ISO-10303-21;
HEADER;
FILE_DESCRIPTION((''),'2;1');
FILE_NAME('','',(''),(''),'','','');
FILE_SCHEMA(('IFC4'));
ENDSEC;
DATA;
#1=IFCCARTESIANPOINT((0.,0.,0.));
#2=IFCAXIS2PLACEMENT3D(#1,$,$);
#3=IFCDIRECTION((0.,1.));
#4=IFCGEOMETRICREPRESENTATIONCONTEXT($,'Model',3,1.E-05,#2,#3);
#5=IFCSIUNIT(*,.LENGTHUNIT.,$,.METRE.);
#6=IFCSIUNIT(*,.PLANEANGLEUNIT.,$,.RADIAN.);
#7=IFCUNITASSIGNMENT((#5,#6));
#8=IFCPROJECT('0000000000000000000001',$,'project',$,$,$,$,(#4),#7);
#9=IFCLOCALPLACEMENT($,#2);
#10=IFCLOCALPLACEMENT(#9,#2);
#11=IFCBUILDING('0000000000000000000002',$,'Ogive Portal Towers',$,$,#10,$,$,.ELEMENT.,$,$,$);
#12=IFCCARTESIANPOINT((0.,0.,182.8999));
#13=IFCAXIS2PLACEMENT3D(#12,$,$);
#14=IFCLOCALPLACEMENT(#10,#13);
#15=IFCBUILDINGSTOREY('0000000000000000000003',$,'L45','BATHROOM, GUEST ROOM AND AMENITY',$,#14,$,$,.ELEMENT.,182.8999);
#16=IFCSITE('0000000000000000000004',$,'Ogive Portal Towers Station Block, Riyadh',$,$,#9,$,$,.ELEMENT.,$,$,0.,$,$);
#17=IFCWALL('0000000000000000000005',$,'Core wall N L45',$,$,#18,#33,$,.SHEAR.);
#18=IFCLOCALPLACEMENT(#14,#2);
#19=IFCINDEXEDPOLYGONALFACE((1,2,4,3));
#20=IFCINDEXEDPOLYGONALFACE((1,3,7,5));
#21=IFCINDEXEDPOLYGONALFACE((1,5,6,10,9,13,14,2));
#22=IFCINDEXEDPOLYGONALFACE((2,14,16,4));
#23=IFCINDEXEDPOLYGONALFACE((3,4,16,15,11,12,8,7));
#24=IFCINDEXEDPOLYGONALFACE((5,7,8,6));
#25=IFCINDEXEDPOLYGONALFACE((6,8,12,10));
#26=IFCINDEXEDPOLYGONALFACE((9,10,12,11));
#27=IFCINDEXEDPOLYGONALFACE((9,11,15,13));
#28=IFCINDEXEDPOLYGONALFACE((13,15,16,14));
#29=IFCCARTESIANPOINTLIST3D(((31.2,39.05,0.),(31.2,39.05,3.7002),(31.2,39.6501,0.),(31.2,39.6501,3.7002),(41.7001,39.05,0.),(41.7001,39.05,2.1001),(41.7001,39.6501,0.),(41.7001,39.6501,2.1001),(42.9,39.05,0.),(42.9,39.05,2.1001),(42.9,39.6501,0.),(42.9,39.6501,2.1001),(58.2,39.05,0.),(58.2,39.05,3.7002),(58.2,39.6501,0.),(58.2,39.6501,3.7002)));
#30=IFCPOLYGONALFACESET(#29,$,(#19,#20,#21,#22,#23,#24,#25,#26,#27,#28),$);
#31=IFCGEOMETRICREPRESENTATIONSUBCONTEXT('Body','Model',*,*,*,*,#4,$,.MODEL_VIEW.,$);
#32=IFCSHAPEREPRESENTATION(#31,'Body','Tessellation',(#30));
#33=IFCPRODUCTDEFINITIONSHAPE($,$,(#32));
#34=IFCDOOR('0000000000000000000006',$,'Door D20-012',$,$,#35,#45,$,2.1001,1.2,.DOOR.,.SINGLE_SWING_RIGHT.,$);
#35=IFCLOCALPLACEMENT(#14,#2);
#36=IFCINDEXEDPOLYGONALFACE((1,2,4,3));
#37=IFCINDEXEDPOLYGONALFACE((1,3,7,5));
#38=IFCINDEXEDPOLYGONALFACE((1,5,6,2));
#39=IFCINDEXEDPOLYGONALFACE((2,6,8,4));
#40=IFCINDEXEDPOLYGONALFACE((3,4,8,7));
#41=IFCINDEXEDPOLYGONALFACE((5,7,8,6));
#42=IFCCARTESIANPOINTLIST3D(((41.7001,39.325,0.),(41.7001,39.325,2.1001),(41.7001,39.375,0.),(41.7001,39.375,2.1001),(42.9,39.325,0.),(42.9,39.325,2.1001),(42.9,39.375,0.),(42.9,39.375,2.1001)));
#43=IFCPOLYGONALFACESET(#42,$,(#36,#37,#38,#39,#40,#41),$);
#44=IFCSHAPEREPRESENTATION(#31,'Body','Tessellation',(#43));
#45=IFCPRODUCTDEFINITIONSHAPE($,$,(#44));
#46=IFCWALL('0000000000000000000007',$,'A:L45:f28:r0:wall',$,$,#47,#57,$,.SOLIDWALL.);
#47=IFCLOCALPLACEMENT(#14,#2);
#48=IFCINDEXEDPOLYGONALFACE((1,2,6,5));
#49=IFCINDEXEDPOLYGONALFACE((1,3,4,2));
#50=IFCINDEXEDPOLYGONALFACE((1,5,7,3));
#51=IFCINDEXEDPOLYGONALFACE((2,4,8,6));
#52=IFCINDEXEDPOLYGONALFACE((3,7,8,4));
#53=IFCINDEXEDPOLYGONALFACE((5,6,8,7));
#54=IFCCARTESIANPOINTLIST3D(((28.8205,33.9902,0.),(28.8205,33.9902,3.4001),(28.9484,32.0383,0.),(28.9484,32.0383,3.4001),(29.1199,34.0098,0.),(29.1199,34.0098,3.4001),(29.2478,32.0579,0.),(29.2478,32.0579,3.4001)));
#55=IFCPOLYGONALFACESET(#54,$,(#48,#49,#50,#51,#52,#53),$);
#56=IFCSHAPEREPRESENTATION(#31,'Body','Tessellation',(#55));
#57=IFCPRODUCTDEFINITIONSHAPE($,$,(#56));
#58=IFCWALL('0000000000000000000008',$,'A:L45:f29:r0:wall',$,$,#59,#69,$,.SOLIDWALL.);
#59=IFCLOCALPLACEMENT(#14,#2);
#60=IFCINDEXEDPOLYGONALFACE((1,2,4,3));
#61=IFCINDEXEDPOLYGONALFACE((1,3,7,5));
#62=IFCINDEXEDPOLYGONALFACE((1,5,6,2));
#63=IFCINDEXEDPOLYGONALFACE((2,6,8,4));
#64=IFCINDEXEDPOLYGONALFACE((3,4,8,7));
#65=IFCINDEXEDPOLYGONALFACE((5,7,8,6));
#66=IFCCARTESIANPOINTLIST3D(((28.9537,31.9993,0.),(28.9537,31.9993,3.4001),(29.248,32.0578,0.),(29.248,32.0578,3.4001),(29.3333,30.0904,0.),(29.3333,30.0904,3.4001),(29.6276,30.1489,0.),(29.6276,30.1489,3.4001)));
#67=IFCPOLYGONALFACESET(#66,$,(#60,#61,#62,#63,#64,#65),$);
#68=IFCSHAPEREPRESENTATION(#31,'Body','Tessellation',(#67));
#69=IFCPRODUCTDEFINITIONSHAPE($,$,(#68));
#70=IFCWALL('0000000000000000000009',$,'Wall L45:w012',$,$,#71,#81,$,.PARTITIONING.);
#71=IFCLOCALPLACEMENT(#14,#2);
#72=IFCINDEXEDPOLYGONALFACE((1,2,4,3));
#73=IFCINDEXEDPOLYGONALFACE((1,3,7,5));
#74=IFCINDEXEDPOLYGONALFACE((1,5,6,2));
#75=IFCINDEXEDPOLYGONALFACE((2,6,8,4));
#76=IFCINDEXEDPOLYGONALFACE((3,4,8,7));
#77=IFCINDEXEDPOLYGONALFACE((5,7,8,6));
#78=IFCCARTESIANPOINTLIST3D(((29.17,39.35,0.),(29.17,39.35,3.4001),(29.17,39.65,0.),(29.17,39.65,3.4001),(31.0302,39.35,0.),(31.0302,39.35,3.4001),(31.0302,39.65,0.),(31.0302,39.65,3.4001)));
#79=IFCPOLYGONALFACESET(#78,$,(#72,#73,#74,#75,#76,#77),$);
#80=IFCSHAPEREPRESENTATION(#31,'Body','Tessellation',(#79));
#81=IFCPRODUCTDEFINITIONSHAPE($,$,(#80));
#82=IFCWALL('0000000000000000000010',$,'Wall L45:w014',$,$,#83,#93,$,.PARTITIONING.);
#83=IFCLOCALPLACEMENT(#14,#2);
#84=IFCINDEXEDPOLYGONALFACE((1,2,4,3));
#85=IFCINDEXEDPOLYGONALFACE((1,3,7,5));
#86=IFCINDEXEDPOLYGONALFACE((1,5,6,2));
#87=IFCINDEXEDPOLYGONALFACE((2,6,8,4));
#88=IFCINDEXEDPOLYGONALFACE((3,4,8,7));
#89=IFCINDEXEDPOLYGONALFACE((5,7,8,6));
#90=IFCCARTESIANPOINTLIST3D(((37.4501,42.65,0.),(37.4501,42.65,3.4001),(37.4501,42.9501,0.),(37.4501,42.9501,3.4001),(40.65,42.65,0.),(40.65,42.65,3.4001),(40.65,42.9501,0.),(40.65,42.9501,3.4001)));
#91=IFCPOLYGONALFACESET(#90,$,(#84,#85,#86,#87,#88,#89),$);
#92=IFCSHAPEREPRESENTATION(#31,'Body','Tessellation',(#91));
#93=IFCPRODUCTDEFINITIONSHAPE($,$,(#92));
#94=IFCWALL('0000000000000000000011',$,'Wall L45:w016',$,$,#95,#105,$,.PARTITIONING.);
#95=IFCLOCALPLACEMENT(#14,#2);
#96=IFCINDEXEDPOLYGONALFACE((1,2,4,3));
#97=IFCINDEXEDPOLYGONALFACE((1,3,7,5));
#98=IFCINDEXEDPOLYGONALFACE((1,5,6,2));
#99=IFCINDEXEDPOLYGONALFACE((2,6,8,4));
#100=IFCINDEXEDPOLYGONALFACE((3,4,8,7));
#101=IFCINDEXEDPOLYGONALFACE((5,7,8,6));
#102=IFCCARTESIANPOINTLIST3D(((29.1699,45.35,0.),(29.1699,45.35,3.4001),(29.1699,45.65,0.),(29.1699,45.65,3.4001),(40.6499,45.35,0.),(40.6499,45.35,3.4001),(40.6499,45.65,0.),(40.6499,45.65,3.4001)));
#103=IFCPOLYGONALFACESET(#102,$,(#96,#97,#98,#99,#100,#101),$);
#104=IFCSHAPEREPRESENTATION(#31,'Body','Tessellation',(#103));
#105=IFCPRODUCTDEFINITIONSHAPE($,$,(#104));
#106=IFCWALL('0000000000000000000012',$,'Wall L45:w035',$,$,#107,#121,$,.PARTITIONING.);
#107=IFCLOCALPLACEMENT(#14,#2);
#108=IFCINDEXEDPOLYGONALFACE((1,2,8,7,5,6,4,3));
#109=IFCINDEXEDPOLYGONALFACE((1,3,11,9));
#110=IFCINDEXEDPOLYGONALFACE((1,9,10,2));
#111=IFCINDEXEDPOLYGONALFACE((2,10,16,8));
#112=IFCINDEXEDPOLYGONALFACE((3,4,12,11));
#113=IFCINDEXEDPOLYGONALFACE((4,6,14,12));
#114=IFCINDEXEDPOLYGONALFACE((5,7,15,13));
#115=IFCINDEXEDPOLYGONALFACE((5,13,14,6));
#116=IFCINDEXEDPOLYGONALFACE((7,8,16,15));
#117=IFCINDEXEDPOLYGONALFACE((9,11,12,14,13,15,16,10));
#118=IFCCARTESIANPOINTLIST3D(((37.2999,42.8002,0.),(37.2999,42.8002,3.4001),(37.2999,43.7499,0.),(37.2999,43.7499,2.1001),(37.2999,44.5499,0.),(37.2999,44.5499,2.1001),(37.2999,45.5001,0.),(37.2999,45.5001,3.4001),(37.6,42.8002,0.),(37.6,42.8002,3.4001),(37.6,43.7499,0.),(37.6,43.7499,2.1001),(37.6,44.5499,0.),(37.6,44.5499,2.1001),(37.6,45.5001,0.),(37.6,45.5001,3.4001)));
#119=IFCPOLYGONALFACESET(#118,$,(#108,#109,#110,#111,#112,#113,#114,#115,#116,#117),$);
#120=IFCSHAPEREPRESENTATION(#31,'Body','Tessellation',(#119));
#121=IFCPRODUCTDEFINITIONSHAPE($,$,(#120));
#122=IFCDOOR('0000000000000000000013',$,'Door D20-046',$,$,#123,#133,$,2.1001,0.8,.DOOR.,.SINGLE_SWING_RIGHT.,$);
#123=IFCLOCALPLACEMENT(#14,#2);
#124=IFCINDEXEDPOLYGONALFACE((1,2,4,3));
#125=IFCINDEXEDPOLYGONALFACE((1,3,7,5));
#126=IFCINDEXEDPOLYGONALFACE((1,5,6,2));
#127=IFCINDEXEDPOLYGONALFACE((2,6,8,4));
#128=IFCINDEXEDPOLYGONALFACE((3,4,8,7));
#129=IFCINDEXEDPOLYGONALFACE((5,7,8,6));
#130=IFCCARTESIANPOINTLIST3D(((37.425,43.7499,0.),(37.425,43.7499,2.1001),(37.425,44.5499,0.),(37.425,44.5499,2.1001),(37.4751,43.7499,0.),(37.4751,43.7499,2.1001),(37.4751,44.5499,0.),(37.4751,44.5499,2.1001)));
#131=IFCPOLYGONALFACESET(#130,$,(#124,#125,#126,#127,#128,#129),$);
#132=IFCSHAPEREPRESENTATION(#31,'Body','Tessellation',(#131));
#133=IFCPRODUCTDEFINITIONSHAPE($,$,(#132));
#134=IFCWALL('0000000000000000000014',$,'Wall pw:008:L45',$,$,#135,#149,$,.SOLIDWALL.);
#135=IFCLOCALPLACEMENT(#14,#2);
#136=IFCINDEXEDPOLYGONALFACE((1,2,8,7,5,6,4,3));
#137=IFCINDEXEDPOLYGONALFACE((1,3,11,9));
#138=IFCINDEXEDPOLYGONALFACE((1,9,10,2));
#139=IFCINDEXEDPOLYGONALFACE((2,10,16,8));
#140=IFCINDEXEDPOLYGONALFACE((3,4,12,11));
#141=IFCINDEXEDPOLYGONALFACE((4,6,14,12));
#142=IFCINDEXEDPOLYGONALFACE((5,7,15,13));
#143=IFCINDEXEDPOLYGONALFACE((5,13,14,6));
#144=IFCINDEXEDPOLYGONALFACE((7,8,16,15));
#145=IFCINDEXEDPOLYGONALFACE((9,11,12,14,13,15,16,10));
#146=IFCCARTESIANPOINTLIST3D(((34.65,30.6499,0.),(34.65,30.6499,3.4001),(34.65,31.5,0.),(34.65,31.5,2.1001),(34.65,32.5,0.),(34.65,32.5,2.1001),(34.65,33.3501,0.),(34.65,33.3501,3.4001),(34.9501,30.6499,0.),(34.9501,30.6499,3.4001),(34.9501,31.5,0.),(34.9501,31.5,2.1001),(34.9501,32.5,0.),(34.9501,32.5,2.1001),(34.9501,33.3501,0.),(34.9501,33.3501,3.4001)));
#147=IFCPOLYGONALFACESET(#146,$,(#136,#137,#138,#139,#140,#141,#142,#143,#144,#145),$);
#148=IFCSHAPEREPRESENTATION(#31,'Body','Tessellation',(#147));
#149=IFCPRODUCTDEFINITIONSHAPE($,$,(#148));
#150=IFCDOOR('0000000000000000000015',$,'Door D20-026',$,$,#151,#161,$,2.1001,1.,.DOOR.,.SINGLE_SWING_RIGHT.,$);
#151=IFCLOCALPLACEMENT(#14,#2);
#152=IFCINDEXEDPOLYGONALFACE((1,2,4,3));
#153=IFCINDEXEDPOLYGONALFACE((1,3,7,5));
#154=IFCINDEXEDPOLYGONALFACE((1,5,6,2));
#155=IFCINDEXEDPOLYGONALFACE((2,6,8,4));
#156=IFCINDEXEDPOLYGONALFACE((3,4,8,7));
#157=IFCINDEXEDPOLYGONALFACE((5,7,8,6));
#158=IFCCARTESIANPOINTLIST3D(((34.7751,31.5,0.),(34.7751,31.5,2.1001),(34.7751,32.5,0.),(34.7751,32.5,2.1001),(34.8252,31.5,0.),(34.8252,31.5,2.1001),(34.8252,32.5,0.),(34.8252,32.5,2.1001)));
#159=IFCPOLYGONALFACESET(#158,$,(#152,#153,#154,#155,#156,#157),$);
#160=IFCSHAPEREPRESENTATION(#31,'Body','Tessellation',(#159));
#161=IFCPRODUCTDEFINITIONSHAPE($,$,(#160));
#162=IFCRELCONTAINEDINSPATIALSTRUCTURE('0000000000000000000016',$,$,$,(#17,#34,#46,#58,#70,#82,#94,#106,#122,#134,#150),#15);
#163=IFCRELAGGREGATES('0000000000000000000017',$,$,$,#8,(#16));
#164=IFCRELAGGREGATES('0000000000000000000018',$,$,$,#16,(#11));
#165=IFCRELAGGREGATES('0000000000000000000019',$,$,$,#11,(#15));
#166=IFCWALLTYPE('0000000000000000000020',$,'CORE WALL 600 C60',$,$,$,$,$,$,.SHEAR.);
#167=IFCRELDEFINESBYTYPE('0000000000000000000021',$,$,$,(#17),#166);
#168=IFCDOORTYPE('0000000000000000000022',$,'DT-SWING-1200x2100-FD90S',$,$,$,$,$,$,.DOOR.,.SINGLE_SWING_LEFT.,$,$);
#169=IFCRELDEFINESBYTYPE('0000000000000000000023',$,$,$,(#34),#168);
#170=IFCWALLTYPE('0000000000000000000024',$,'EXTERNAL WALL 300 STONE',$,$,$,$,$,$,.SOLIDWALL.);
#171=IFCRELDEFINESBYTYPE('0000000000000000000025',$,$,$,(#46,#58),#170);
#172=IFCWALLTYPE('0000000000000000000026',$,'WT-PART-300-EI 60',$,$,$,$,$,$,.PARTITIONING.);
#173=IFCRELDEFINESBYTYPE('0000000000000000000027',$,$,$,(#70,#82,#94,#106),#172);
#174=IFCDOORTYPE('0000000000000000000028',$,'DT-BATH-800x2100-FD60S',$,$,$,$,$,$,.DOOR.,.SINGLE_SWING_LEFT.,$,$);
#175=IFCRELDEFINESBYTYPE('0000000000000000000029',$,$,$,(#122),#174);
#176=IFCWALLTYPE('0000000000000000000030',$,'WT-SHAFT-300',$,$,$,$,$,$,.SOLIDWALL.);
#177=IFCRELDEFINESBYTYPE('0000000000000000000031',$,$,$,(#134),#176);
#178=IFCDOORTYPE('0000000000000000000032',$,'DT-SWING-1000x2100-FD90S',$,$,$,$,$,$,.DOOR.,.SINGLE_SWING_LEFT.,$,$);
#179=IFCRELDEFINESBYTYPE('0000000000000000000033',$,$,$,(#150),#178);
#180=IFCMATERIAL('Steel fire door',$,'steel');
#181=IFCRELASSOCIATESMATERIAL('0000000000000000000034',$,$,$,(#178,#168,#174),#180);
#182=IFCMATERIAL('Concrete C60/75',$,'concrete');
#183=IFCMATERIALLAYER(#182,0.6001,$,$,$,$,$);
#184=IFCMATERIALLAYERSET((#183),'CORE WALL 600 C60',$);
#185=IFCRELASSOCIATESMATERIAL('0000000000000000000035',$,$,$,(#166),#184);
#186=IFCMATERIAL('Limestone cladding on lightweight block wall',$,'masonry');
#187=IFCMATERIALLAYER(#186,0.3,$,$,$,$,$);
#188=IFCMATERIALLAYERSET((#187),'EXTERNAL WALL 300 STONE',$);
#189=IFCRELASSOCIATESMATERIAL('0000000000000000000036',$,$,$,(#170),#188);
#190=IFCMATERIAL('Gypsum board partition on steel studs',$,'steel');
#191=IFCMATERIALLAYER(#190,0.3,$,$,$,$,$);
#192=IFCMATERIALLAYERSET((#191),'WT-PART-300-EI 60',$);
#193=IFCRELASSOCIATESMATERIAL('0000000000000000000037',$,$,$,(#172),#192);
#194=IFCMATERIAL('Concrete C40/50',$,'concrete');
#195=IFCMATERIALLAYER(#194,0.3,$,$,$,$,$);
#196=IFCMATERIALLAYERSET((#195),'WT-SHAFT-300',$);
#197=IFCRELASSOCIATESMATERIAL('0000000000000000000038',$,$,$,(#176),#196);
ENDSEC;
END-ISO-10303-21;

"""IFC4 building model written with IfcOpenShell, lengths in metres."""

from ifc_helpers import new_model, si_unit, direction, frame, frame_2d, origin, place, context, subcontext, project, spatial, rectangle, extrude, material, layer, layer_set, type_object, element, fill, save


model = new_model("IFC4")

# Units and contexts
model_context = context("Model", 3, precision=1e-05, world=origin(), true_north=direction((0.0, 1.0)))
body_context = subcontext(model_context, "Body", "Model", "MODEL_VIEW")
ifc_project = project(units=[si_unit("LENGTHUNIT", "METRE"), si_unit("PLANEANGLEUNIT", "RADIAN")], contexts=[model_context])

# Site, building, storey
site_placement = place(None, origin())
site = spatial("IfcSite", under=ifc_project, at=site_placement, Name="Ogive Portal Towers Station Block, Riyadh", CompositionType="ELEMENT", RefElevation=0.0)
building_placement = place(site_placement, origin())
building = spatial("IfcBuilding", under=site, at=building_placement, Name="Ogive Portal Towers", CompositionType="ELEMENT")
storey_placement = place(building_placement, frame((0.0, 0.0, 182.8999)))
storey = spatial("IfcBuildingStorey", under=building, at=storey_placement, Name="L45", Description="BATHROOM, GUEST ROOM AND AMENITY", CompositionType="ELEMENT", Elevation=182.8999)

# Shared definitions
ifc_material_1 = material(Name="Concrete C40/50", Category="concrete")

# Shared definitions
ifc_material_2 = material(Name="Concrete C60/75", Category="concrete")
ifc_material_3 = material(Name="Steel fire door", Category="steel")
door_type_1 = type_object("IfcDoorType", Name="DT-SWING-1000x2100-FD90S", OperationType="SINGLE_SWING_LEFT", PredefinedType="DOOR", material=ifc_material_3)
door_type_2 = type_object("IfcDoorType", Name="DT-SWING-1200x2100-FD90S", OperationType="SINGLE_SWING_LEFT", PredefinedType="DOOR", material=ifc_material_3)

# Wall, opening, door
ifc_layer_1 = layer(ifc_material_2, 0.6001)
ifc_layer_set_1 = layer_set([ifc_layer_1], Name="CORE WALL 600 C60")
wall_type_1 = type_object("IfcWallType", Name="CORE WALL 600 C60", PredefinedType="SHEAR", material=ifc_layer_set_1)
wall_1_placement = place(storey_placement, frame((31.2, 39.3501, 0.0), z_axis=(0.0, 0.0, 1.0), x_axis=(1.0, 0.0, 0.0)))
wall_1 = element("IfcWall", 1, at=wall_1_placement, inside=storey, type_object=wall_type_1, Name="Core wall N L45", PredefinedType="SHEAR", context=body_context, shape_type="SweptSolid", body=[
    extrude(rectangle(XDim=27.0, YDim=0.6001, at=frame_2d((13.5, 0.0))), origin(), (0.0, 0.0, 1.0), 3.7002),
])
opening_1_placement = place(wall_1_placement, frame((10.5, 0.0, 0.0)))
opening_1 = element("IfcOpeningElement", 2, at=opening_1_placement, cuts=wall_1, PredefinedType="OPENING", context=body_context, shape_type="SweptSolid", body=[
    extrude(rectangle(XDim=1.2, YDim=2.1001, at=frame_2d((0.6001, 1.05))), frame((0.0, 0.3101, 0.0), z_axis=(0.0, -1.0, 0.0), x_axis=(1.0, 0.0, 0.0)), (0.0, 0.0, 1.0), 0.6201),
])
door_1_placement = place(opening_1_placement, origin())
door_1 = element("IfcDoor", 3, at=door_1_placement, inside=storey, type_object=door_type_2, Name="Door D20-012", OperationType="SINGLE_SWING_RIGHT", OverallHeight=2.1001, OverallWidth=1.2, PredefinedType="DOOR", context=body_context, shape_type="SweptSolid", body=[
    extrude(rectangle(XDim=1.2, YDim=2.1001, at=frame_2d((0.6001, 1.05))), frame((0.0, 0.0249, 0.0), z_axis=(0.0, -1.0, 0.0), x_axis=(1.0, 0.0, 0.0)), (0.0, 0.0, 1.0), 0.05),
])
fill(opening_1, door_1)

# Walls
ifc_material_4 = material(Name="Limestone cladding on lightweight block wall", Category="masonry")
ifc_layer_2 = layer(ifc_material_4, 0.3)
ifc_layer_set_2 = layer_set([ifc_layer_2], Name="EXTERNAL WALL 300 STONE")
wall_type_2 = type_object("IfcWallType", Name="EXTERNAL WALL 300 STONE", PredefinedType="SOLIDWALL", material=ifc_layer_set_2)
wall_2_placement = place(storey_placement, frame((28.9702, 34.0, 0.0), z_axis=(0.0, 0.0, 1.0), x_axis=(0.065401, -0.997859, 0.0)))
element("IfcWall", 4, at=wall_2_placement, inside=storey, type_object=wall_type_2, Name="A:L45:f28:r0:wall", PredefinedType="SOLIDWALL", context=body_context, shape_type="SweptSolid", body=[
    extrude(rectangle(XDim=1.9561, YDim=0.3, at=frame_2d((0.978, 0.0))), origin(), (0.0, 0.0, 1.0), 3.4001),
])
wall_3_placement = place(storey_placement, frame((29.1008, 32.0286, 0.0), z_axis=(0.0, 0.0, 1.0), x_axis=(0.195055, -0.980792, 0.0)))
element("IfcWall", 5, at=wall_3_placement, inside=storey, type_object=wall_type_2, Name="A:L45:f29:r0:wall", PredefinedType="SOLIDWALL", context=body_context, shape_type="SweptSolid", body=[
    extrude(rectangle(XDim=1.9463, YDim=0.3, at=frame_2d((0.9731, 0.0))), origin(), (0.0, 0.0, 1.0), 3.4001),
])
ifc_material_5 = material(Name="Gypsum board partition on steel studs", Category="steel")
ifc_layer_3 = layer(ifc_material_5, 0.3)
ifc_layer_set_3 = layer_set([ifc_layer_3], Name="WT-PART-300-EI 60")
wall_type_3 = type_object("IfcWallType", Name="WT-PART-300-EI 60", PredefinedType="PARTITIONING", material=ifc_layer_set_3)
wall_4_placement = place(storey_placement, frame((29.1699, 39.5, 0.0), z_axis=(0.0, 0.0, 1.0), x_axis=(1.0, 0.0, 0.0)))
element("IfcWall", 6, at=wall_4_placement, inside=storey, type_object=wall_type_3, Name="Wall L45:w012", PredefinedType="PARTITIONING", context=body_context, shape_type="SweptSolid", body=[
    extrude(rectangle(XDim=1.8601, YDim=0.3, at=frame_2d((0.9302, 0.0))), origin(), (0.0, 0.0, 1.0), 3.4001),
])
wall_5_placement = place(storey_placement, frame((37.45, 42.8, 0.0), z_axis=(0.0, 0.0, 1.0), x_axis=(1.0, 0.0, 0.0)))
element("IfcWall", 7, at=wall_5_placement, inside=storey, type_object=wall_type_3, Name="Wall L45:w014", PredefinedType="PARTITIONING", context=body_context, shape_type="SweptSolid", body=[
    extrude(rectangle(XDim=3.2, YDim=0.3, at=frame_2d((1.6001, 0.0))), origin(), (0.0, 0.0, 1.0), 3.4001),
])
wall_6_placement = place(storey_placement, frame((29.1699, 45.5, 0.0), z_axis=(0.0, 0.0, 1.0), x_axis=(1.0, 0.0, 0.0)))
element("IfcWall", 8, at=wall_6_placement, inside=storey, type_object=wall_type_3, Name="Wall L45:w016", PredefinedType="PARTITIONING", context=body_context, shape_type="SweptSolid", body=[
    extrude(rectangle(XDim=11.48, YDim=0.3, at=frame_2d((5.74, 0.0))), origin(), (0.0, 0.0, 1.0), 3.4001),
])

# Walls, openings, doors
wall_7_placement = place(storey_placement, frame((37.45, 42.8, 0.0), z_axis=(0.0, 0.0, 1.0), x_axis=(0.0, 1.0, 0.0)))
wall_7 = element("IfcWall", 9, at=wall_7_placement, inside=storey, type_object=wall_type_3, Name="Wall L45:w035", PredefinedType="PARTITIONING", context=body_context, shape_type="SweptSolid", body=[
    extrude(rectangle(XDim=2.7, YDim=0.3, at=frame_2d((1.3501, 0.0))), origin(), (0.0, 0.0, 1.0), 3.4001),
])
opening_2_placement = place(wall_7_placement, frame((0.95, 0.0, 0.0)))
opening_2 = element("IfcOpeningElement", 10, at=opening_2_placement, cuts=wall_7, PredefinedType="OPENING", context=body_context, shape_type="SweptSolid", body=[
    extrude(rectangle(XDim=0.8, YDim=2.1001, at=frame_2d((0.3999, 1.05))), frame((0.0, 0.1602, 0.0), z_axis=(0.0, -1.0, 0.0), x_axis=(1.0, 0.0, 0.0)), (0.0, 0.0, 1.0), 0.3201),
])
door_type_3 = type_object("IfcDoorType", Name="DT-BATH-800x2100-FD60S", OperationType="SINGLE_SWING_LEFT", PredefinedType="DOOR", material=ifc_material_3)
door_2_placement = place(opening_2_placement, origin())
door_2 = element("IfcDoor", 11, at=door_2_placement, inside=storey, type_object=door_type_3, Name="Door D20-046", OperationType="SINGLE_SWING_RIGHT", OverallHeight=2.1001, OverallWidth=0.8, PredefinedType="DOOR", context=body_context, shape_type="SweptSolid", body=[
    extrude(rectangle(XDim=0.8, YDim=2.1001, at=frame_2d((0.3999, 1.05))), frame((0.0, 0.0249, 0.0), z_axis=(0.0, -1.0, 0.0), x_axis=(1.0, 0.0, 0.0)), (0.0, 0.0, 1.0), 0.05),
])
fill(opening_2, door_2)
ifc_layer_4 = layer(ifc_material_1, 0.3)
ifc_layer_set_4 = layer_set([ifc_layer_4], Name="WT-SHAFT-300")
wall_type_4 = type_object("IfcWallType", Name="WT-SHAFT-300", PredefinedType="SOLIDWALL", material=ifc_layer_set_4)
wall_8_placement = place(storey_placement, frame((34.8, 30.6499, 0.0), z_axis=(0.0, 0.0, 1.0), x_axis=(0.0, 1.0, 0.0)))
wall_8 = element("IfcWall", 12, at=wall_8_placement, inside=storey, type_object=wall_type_4, Name="Wall pw:008:L45", PredefinedType="SOLIDWALL", context=body_context, shape_type="SweptSolid", body=[
    extrude(rectangle(XDim=2.7002, YDim=0.3, at=frame_2d((1.3501, 0.0))), origin(), (0.0, 0.0, 1.0), 3.4001),
])
opening_3_placement = place(wall_8_placement, frame((0.8501, 0.0, 0.0)))
opening_3 = element("IfcOpeningElement", 13, at=opening_3_placement, cuts=wall_8, PredefinedType="OPENING", context=body_context, shape_type="SweptSolid", body=[
    extrude(rectangle(XDim=1.0, YDim=2.1001, at=frame_2d((0.5, 1.05))), frame((0.0, 0.1602, 0.0), z_axis=(0.0, -1.0, 0.0), x_axis=(1.0, 0.0, 0.0)), (0.0, 0.0, 1.0), 0.3201),
])
door_3_placement = place(opening_3_placement, origin())
door_3 = element("IfcDoor", 14, at=door_3_placement, inside=storey, type_object=door_type_1, Name="Door D20-026", OperationType="SINGLE_SWING_RIGHT", OverallHeight=2.1001, OverallWidth=1.0, PredefinedType="DOOR", context=body_context, shape_type="SweptSolid", body=[
    extrude(rectangle(XDim=1.0, YDim=2.1001, at=frame_2d((0.5, 1.05))), frame((0.0, 0.0249, 0.0), z_axis=(0.0, -1.0, 0.0), x_axis=(1.0, 0.0, 0.0)), (0.0, 0.0, 1.0), 0.05),
])
fill(opening_3, door_3)

save(model, "model.ifc")
